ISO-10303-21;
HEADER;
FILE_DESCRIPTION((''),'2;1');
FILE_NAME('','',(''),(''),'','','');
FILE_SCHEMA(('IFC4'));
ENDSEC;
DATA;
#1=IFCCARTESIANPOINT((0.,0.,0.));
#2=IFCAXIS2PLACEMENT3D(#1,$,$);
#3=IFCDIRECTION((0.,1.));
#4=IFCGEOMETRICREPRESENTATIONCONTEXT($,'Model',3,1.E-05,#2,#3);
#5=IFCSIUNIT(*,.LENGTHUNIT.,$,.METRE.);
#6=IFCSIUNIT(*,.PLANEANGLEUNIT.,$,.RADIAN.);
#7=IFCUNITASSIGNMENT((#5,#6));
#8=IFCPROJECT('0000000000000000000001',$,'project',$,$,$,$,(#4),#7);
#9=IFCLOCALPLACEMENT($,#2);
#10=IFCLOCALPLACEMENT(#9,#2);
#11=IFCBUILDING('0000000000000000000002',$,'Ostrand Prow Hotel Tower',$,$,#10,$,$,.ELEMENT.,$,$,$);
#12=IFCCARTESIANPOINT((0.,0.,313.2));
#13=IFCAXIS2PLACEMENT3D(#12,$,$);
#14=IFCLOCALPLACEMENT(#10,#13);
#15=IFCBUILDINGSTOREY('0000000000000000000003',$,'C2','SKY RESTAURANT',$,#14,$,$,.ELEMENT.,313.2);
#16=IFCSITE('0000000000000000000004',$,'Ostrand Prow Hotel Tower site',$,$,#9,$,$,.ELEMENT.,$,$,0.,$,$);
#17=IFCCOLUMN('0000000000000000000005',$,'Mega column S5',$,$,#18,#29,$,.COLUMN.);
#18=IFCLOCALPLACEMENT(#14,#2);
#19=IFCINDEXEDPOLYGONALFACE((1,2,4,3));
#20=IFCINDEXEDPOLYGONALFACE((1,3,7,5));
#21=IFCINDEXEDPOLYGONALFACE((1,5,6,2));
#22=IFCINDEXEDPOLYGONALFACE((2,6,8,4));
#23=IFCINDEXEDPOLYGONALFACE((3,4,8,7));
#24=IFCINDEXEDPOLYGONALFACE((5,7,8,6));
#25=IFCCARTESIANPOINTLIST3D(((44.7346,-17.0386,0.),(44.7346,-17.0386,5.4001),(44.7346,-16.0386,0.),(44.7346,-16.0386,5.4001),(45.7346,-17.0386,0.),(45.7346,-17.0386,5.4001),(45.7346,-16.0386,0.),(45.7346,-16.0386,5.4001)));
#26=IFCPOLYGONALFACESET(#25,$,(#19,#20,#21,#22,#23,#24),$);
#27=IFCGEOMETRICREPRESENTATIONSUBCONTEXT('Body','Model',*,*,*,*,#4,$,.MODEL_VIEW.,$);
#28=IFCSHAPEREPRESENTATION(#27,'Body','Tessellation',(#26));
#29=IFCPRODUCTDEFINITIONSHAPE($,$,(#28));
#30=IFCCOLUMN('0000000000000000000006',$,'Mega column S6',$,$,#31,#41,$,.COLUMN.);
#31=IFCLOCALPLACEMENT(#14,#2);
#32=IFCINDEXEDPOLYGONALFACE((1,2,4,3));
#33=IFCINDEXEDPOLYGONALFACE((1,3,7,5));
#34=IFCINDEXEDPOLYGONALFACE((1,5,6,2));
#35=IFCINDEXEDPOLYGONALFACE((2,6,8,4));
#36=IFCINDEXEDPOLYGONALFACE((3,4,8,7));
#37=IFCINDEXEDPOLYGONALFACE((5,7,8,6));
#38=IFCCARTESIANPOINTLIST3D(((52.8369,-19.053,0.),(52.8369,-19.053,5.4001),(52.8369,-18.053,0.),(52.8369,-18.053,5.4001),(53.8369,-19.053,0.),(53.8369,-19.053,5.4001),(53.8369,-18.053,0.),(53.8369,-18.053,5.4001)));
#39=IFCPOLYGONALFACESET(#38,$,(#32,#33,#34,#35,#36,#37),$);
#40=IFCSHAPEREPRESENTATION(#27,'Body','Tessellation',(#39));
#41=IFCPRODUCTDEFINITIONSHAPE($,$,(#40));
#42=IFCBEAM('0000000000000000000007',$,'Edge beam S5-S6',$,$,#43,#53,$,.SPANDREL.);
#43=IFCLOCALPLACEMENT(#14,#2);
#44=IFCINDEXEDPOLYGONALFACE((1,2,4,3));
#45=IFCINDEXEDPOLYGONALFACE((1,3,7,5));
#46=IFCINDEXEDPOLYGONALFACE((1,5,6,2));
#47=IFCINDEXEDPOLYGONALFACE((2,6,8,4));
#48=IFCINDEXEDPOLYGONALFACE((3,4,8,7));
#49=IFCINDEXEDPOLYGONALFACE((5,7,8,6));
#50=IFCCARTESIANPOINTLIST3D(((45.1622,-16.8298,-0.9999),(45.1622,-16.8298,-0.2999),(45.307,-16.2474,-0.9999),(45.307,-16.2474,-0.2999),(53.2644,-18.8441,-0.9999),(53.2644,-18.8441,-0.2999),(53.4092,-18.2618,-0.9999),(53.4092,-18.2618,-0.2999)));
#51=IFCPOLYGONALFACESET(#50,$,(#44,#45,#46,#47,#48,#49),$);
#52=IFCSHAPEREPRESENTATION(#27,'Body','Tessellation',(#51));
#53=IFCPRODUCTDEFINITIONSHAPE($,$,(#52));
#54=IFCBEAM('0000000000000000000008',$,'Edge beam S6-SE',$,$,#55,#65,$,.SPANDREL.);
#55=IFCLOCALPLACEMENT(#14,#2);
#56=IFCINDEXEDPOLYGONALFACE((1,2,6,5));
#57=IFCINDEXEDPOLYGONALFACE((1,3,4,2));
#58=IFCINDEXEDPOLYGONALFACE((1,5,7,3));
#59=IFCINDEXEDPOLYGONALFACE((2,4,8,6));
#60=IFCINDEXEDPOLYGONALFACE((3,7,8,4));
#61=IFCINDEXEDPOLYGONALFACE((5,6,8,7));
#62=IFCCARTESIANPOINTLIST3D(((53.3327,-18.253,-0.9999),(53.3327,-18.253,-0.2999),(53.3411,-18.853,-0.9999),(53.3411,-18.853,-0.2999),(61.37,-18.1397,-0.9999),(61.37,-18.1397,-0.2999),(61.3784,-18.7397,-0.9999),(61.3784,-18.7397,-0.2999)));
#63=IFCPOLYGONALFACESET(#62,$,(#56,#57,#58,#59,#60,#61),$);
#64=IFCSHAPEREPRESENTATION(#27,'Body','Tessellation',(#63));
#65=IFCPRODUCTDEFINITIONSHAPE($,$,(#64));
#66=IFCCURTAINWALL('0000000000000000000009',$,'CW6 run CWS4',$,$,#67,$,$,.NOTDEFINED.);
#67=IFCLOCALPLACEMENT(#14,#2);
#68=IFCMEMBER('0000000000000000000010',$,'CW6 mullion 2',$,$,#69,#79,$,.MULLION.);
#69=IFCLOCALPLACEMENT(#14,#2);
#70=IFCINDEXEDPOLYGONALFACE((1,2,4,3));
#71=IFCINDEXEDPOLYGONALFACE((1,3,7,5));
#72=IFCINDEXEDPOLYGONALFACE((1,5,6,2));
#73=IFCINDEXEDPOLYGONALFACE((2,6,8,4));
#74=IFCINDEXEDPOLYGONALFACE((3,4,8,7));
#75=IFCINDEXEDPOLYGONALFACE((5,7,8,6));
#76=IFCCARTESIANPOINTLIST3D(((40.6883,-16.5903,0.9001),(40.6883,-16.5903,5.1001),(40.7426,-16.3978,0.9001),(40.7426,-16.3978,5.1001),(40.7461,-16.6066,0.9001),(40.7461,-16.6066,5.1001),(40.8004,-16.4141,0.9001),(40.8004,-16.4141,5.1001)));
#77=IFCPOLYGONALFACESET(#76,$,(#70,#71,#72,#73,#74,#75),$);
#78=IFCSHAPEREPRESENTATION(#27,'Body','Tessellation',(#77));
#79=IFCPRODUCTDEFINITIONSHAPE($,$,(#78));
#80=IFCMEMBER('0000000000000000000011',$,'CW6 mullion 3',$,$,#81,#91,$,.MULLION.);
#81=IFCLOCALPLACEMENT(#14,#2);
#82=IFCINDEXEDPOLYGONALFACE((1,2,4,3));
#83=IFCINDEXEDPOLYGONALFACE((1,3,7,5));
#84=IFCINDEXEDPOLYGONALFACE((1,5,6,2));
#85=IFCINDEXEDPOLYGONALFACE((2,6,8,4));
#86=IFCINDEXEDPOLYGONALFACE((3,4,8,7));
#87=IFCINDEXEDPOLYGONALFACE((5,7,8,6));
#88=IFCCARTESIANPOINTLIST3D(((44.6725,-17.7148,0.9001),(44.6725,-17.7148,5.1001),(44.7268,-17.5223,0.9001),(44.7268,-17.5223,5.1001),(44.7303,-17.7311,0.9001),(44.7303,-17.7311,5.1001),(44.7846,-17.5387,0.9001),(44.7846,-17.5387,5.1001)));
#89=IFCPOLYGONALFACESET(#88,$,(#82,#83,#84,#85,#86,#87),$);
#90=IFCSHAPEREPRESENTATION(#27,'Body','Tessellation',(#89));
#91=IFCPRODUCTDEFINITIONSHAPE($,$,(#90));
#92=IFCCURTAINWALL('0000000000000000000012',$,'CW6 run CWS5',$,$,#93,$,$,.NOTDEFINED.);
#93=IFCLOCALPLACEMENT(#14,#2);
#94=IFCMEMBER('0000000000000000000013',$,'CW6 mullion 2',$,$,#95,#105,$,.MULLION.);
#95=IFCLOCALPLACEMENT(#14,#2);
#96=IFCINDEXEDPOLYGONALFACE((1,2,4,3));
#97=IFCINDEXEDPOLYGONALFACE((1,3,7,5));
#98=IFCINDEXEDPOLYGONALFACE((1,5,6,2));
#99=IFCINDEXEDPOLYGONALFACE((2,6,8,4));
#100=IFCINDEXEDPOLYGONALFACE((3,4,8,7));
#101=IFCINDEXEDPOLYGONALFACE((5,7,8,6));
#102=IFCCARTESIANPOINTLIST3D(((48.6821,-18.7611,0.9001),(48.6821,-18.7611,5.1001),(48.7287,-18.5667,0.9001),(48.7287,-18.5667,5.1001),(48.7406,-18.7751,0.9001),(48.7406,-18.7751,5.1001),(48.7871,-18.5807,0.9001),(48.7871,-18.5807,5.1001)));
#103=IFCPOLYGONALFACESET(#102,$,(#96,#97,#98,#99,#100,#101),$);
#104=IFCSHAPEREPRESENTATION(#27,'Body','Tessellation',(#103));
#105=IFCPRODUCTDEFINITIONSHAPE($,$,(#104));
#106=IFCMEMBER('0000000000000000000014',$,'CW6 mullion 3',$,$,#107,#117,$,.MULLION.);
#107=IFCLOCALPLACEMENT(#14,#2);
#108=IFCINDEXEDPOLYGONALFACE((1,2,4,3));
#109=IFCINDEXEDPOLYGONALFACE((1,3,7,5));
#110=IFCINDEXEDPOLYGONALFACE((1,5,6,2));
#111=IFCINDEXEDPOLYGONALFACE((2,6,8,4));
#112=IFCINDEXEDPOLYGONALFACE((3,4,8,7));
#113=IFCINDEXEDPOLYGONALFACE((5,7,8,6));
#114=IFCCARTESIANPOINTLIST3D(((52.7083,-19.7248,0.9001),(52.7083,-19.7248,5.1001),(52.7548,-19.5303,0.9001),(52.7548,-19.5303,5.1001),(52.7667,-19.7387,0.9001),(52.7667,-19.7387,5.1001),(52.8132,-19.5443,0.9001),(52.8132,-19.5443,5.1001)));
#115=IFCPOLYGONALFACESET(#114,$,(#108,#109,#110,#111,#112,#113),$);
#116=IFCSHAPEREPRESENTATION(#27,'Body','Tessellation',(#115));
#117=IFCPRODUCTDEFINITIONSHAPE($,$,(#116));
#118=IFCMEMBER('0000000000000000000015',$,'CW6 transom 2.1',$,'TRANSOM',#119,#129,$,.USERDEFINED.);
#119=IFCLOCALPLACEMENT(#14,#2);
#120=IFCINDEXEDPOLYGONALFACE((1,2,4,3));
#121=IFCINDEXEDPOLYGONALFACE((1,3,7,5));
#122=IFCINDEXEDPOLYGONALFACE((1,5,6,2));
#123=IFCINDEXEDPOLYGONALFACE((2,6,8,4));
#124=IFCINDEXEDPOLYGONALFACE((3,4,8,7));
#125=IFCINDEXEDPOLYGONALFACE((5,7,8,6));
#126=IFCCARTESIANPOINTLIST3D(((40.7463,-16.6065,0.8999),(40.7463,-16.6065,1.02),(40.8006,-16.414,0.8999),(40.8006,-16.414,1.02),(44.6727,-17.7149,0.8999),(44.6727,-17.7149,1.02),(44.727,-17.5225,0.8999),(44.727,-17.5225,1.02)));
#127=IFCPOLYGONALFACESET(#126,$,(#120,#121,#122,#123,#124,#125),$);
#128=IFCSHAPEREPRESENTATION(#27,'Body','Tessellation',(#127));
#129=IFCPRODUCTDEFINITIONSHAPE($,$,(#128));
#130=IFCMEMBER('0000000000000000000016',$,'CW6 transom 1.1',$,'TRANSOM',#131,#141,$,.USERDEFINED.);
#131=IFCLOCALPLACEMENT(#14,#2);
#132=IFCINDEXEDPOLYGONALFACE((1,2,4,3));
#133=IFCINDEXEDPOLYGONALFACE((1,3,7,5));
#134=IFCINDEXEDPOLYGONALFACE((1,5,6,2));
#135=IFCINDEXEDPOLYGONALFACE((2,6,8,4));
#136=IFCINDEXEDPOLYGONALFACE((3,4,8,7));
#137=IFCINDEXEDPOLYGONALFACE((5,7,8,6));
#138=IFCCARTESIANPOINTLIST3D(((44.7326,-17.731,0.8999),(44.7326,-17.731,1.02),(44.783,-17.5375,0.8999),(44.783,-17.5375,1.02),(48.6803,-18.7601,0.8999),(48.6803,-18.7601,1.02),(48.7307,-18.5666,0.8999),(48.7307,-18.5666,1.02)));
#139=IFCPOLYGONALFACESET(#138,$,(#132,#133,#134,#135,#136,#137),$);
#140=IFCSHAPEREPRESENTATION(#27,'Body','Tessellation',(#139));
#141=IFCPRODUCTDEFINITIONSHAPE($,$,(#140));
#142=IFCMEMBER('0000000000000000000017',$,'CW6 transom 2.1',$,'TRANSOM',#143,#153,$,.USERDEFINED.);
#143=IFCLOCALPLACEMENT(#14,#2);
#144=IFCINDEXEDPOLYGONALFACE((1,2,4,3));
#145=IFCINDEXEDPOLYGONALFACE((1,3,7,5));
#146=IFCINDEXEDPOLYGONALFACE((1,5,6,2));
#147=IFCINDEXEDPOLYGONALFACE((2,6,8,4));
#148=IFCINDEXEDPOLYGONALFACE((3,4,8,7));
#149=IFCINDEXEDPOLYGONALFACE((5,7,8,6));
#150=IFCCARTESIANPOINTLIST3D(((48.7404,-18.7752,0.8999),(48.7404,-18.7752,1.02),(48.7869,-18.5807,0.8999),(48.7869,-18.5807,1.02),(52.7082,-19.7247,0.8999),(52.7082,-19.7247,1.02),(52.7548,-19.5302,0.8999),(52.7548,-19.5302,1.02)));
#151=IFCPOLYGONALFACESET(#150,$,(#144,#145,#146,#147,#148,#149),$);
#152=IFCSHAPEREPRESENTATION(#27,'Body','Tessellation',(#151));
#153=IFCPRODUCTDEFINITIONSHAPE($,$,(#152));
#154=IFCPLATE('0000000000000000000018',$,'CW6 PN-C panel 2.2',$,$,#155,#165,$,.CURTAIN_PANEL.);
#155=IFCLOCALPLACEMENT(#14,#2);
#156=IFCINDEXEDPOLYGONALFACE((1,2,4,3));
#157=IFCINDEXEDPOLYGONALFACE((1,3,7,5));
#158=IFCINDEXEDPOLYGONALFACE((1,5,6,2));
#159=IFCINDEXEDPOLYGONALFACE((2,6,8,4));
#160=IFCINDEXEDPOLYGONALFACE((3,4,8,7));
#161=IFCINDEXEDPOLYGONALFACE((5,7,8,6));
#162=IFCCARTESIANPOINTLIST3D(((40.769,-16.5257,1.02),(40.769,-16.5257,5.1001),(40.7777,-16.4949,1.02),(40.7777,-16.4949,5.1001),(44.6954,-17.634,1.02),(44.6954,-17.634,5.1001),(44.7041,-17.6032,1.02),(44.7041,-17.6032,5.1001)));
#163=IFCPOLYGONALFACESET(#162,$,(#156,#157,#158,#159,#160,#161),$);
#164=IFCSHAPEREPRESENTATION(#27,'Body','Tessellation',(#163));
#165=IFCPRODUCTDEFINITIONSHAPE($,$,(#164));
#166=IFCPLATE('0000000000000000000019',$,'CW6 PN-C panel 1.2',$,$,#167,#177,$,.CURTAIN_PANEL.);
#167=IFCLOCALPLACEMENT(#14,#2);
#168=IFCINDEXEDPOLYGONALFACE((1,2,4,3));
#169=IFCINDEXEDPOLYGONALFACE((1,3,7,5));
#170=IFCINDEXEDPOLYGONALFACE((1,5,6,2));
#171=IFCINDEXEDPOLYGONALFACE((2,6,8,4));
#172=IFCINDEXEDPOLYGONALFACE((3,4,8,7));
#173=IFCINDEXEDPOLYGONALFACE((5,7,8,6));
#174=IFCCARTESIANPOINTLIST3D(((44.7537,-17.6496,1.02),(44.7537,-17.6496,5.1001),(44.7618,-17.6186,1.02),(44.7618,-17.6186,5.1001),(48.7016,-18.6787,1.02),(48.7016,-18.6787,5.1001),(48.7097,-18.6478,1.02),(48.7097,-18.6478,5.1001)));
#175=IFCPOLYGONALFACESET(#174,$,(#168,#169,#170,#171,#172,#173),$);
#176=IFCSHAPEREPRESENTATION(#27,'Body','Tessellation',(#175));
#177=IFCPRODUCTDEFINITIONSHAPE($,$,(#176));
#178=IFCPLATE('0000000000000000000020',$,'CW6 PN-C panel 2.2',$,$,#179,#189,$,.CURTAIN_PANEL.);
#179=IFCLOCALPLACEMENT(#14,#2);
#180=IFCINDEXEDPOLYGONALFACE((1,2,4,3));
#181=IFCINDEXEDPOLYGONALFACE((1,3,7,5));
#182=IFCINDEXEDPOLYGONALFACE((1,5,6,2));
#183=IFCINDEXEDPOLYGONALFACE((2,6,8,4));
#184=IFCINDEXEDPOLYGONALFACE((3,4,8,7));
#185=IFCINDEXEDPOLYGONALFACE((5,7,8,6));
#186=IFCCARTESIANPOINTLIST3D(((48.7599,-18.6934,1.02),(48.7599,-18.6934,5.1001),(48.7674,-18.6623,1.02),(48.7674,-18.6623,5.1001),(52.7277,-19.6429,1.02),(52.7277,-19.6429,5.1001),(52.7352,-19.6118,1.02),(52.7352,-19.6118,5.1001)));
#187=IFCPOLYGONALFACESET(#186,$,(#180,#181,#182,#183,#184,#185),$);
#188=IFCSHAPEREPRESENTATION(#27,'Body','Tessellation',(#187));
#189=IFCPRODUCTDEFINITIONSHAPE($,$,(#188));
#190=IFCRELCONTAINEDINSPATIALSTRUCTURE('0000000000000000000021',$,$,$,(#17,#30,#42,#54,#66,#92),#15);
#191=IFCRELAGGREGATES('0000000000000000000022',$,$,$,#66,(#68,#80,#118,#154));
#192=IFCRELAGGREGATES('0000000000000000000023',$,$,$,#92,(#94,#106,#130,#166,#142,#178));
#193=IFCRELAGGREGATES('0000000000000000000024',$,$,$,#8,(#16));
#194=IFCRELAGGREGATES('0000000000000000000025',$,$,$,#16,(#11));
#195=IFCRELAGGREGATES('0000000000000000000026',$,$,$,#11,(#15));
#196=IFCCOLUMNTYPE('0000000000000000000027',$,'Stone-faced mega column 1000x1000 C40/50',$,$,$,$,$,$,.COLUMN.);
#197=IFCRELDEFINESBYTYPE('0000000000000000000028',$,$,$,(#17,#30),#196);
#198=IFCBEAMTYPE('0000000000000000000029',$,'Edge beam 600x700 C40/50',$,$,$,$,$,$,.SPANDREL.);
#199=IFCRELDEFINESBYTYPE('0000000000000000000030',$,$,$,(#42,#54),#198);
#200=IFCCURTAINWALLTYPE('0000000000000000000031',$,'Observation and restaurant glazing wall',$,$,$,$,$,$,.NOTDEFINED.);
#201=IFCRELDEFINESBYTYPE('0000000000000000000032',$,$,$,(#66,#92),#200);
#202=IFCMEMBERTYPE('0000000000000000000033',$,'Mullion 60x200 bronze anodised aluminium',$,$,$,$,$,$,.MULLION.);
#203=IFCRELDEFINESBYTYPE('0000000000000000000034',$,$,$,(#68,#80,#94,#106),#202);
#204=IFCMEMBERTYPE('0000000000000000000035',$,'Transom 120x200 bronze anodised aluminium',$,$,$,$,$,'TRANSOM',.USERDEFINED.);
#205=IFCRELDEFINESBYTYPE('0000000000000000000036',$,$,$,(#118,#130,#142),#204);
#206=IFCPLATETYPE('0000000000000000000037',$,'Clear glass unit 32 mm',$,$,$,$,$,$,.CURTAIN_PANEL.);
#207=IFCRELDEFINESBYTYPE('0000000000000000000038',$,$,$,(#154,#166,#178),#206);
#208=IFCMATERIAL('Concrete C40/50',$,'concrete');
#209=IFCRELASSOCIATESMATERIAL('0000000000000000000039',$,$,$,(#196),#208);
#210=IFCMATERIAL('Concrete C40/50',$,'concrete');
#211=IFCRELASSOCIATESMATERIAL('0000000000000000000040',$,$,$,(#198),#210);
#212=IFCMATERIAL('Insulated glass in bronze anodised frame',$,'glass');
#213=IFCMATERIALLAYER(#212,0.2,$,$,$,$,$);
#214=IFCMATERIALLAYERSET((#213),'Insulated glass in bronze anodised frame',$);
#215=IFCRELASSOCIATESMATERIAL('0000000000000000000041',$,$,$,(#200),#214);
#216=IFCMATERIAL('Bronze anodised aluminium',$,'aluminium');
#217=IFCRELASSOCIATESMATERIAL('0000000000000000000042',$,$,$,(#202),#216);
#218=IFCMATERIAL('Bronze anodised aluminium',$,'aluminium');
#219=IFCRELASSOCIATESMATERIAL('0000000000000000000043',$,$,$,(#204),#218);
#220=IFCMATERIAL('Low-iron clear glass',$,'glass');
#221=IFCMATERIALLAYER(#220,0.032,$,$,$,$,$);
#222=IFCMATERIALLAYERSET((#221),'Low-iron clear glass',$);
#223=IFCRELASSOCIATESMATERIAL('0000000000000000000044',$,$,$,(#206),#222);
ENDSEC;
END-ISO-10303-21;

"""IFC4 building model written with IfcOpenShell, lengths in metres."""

from ifc_helpers import new_model, si_unit, direction, frame, origin, origin_2d, place, context, subcontext, project, spatial, rectangle, extrude, material, layer, layer_set, material_profile, profile_set, type_object, element, aggregate, save


model = new_model("IFC4")

# Units and contexts
model_context = context("Model", 3, precision=1e-05, world=origin(), true_north=direction((0.0, 1.0)))
body_context = subcontext(model_context, "Body", "Model", "MODEL_VIEW")
ifc_project = project(units=[si_unit("LENGTHUNIT", "METRE"), si_unit("PLANEANGLEUNIT", "RADIAN")], contexts=[model_context])

# Site, building, storey
site_placement = place(None, origin())
site = spatial("IfcSite", under=ifc_project, at=site_placement, Name="Ostrand Prow Hotel Tower site", CompositionType="ELEMENT", RefElevation=0.0)
building_placement = place(site_placement, origin())
building = spatial("IfcBuilding", under=site, at=building_placement, Name="Ostrand Prow Hotel Tower", CompositionType="ELEMENT")
storey_placement = place(building_placement, frame((0.0, 0.0, 313.2)))
storey = spatial("IfcBuildingStorey", under=building, at=storey_placement, Name="C2", Description="SKY RESTAURANT", CompositionType="ELEMENT", Elevation=313.2)

# Columns
ifc_material_1 = material(Name="Concrete C40/50", Category="concrete")
ifc_material_profile_1 = material_profile(ifc_material_1, rectangle(XDim=1.0, YDim=1.0, at=origin_2d()), Name="RC 1000x1000")
ifc_profile_set_1 = profile_set([ifc_material_profile_1], Name="Concrete C40/50")
column_type = type_object("IfcColumnType", Name="Stone-faced mega column 1000x1000 C40/50", PredefinedType="COLUMN", material=ifc_profile_set_1)
for number, where, z_axis, x_axis, name in (
    (1, (45.2346, -16.5386, 0.0), (0.0, 0.0, 1.0), (1.0, 0.0, 0.0), "Mega column S5"),
    (2, (53.3369, -18.553, 0.0), (0.0, 0.0, 1.0), (1.0, 0.0, 0.0), "Mega column S6"),
):
    element("IfcColumn", number, at=place(storey_placement, frame(where, z_axis=z_axis, x_axis=x_axis)), inside=storey, type_object=column_type, Name=name, PredefinedType="COLUMN", context=body_context, shape_type="SweptSolid", body=[
        extrude(rectangle(XDim=1.0, YDim=1.0, at=origin_2d()), origin(), (0.0, 0.0, 1.0), 5.4001),
    ])

# Beams
ifc_material_2 = material(Name="Concrete C40/50", Category="concrete")
ifc_material_profile_2 = material_profile(ifc_material_2, rectangle(XDim=0.6001, YDim=0.7, at=origin_2d()), Name="RC 600x700")
ifc_profile_set_2 = profile_set([ifc_material_profile_2], Name="Concrete C40/50")
beam_type = type_object("IfcBeamType", Name="Edge beam 600x700 C40/50", PredefinedType="SPANDREL", material=ifc_profile_set_2)
beam_1_placement = place(storey_placement, frame((45.2346, -16.5386, -0.6499), z_axis=(0.970456, -0.241276, 0.0), x_axis=(0.241276, 0.970456, 0.0)))
element("IfcBeam", 3, at=beam_1_placement, inside=storey, type_object=beam_type, Name="Edge beam S5-S6", PredefinedType="SPANDREL", context=body_context, shape_type="SweptSolid", body=[
    extrude(rectangle(XDim=0.6001, YDim=0.7, at=origin_2d()), origin(), (0.0, 0.0, 1.0), 8.3489),
])
beam_2_placement = place(storey_placement, frame((53.3369, -18.553, -0.6499), z_axis=(0.999901, 0.014093, 0.0), x_axis=(-0.014093, 0.999901, 0.0)))
element("IfcBeam", 4, at=beam_2_placement, inside=storey, type_object=beam_type, Name="Edge beam S6-SE", PredefinedType="SPANDREL", context=body_context, shape_type="SweptSolid", body=[
    extrude(rectangle(XDim=0.6001, YDim=0.7, at=origin_2d()), origin(), (0.0, 0.0, 1.0), 8.0381),
])

# Curtain walls, members
ifc_material_3 = material(Name="Insulated glass in bronze anodised frame", Category="glass")
ifc_layer_1 = layer(ifc_material_3, 0.2)
ifc_layer_set_1 = layer_set([ifc_layer_1], Name="Insulated glass in bronze anodised frame")
curtain_wall_type = type_object("IfcCurtainWallType", Name="Observation and restaurant glazing wall", PredefinedType="NOTDEFINED", material=ifc_layer_set_1)
curtain_wall_1_placement = place(storey_placement, origin())
curtain_wall_1 = element("IfcCurtainWall", 5, at=curtain_wall_1_placement, inside=storey, type_object=curtain_wall_type, Name="CW6 run CWS4", PredefinedType="NOTDEFINED")
ifc_material_4 = material(Name="Bronze anodised aluminium", Category="aluminium")
ifc_material_profile_3 = material_profile(ifc_material_4, rectangle(XDim=0.2, YDim=0.0601, at=origin_2d()), Name="Mullion 60x200 bronze anodised aluminium")
ifc_profile_set_3 = profile_set([ifc_material_profile_3], Name="Bronze anodised aluminium")
member_type_1 = type_object("IfcMemberType", Name="Mullion 60x200 bronze anodised aluminium", PredefinedType="MULLION", material=ifc_profile_set_3)
member_1_placement = place(storey_placement, frame((40.7444, -16.5022, 0.9001), z_axis=(0.0, 0.0, 1.0), x_axis=(0.271649, 0.962396, 0.0)))
member_1 = element("IfcMember", 6, at=member_1_placement, type_object=member_type_1, Name="CW6 mullion 2", PredefinedType="MULLION", context=body_context, shape_type="SweptSolid", body=[
    extrude(rectangle(XDim=0.2, YDim=0.0601, at=origin_2d()), origin(), (0.0, 0.0, 1.0), 4.2),
])
member_2_placement = place(storey_placement, frame((44.7285, -17.6267, 0.9001), z_axis=(0.0, 0.0, 1.0), x_axis=(0.271649, 0.962396, 0.0)))
member_2 = element("IfcMember", 7, at=member_2_placement, type_object=member_type_1, Name="CW6 mullion 3", PredefinedType="MULLION", context=body_context, shape_type="SweptSolid", body=[
    extrude(rectangle(XDim=0.2, YDim=0.0601, at=origin_2d()), origin(), (0.0, 0.0, 1.0), 4.2),
])
curtain_wall_2_placement = place(storey_placement, origin())
curtain_wall_2 = element("IfcCurtainWall", 8, at=curtain_wall_2_placement, inside=storey, type_object=curtain_wall_type, Name="CW6 run CWS5", PredefinedType="NOTDEFINED")
member_3_placement = place(storey_placement, frame((48.7346, -18.6709, 0.9001), z_axis=(0.0, 0.0, 1.0), x_axis=(0.232746, 0.972538, 0.0)))
member_3 = element("IfcMember", 9, at=member_3_placement, type_object=member_type_1, Name="CW6 mullion 2", PredefinedType="MULLION", context=body_context, shape_type="SweptSolid", body=[
    extrude(rectangle(XDim=0.2, YDim=0.0601, at=origin_2d()), origin(), (0.0, 0.0, 1.0), 4.2),
])
member_4_placement = place(storey_placement, frame((52.7607, -19.6345, 0.9001), z_axis=(0.0, 0.0, 1.0), x_axis=(0.232746, 0.972538, 0.0)))
member_4 = element("IfcMember", 10, at=member_4_placement, type_object=member_type_1, Name="CW6 mullion 3", PredefinedType="MULLION", context=body_context, shape_type="SweptSolid", body=[
    extrude(rectangle(XDim=0.2, YDim=0.0601, at=origin_2d()), origin(), (0.0, 0.0, 1.0), 4.2),
])

# Members
ifc_material_5 = material(Name="Bronze anodised aluminium", Category="aluminium")
ifc_material_profile_4 = material_profile(ifc_material_5, rectangle(XDim=0.2, YDim=0.1201, at=origin_2d()), Name="Transom 120x200 bronze anodised aluminium")
ifc_profile_set_4 = profile_set([ifc_material_profile_4], Name="Bronze anodised aluminium")
member_type_2 = type_object("IfcMemberType", Name="Transom 120x200 bronze anodised aluminium", ElementType="TRANSOM", PredefinedType="USERDEFINED", material=ifc_profile_set_4)
member_5_placement = place(storey_placement, frame((40.7734, -16.5103, 0.96), z_axis=(0.962386, -0.271685, 0.0), x_axis=(0.271685, 0.962386, 0.0)))
member_5 = element("IfcMember", 11, at=member_5_placement, type_object=member_type_2, Name="CW6 transom 2.1", ObjectType="TRANSOM", PredefinedType="USERDEFINED", context=body_context, shape_type="SweptSolid", body=[
    extrude(rectangle(XDim=0.2, YDim=0.1201, at=origin_2d()), origin(), (0.0, 0.0, 1.0), 4.0798),
])
member_6_placement = place(storey_placement, frame((44.7578, -17.6343, 0.96), z_axis=(0.967665, -0.252239, 0.0), x_axis=(0.252239, 0.967665, 0.0)))
member_6 = element("IfcMember", 12, at=member_6_placement, type_object=member_type_2, Name="CW6 transom 1.1", ObjectType="TRANSOM", PredefinedType="USERDEFINED", context=body_context, shape_type="SweptSolid", body=[
    extrude(rectangle(XDim=0.2, YDim=0.1201, at=origin_2d()), origin(), (0.0, 0.0, 1.0), 4.0796),
])
member_7_placement = place(storey_placement, frame((48.7637, -18.678, 0.96), z_axis=(0.972543, -0.232723, 0.0), x_axis=(0.232723, 0.972543, 0.0)))
member_7 = element("IfcMember", 13, at=member_7_placement, type_object=member_type_2, Name="CW6 transom 2.1", ObjectType="TRANSOM", PredefinedType="USERDEFINED", context=body_context, shape_type="SweptSolid", body=[
    extrude(rectangle(XDim=0.2, YDim=0.1201, at=origin_2d()), origin(), (0.0, 0.0, 1.0), 4.0798),
])

# Plates
ifc_material_6 = material(Name="Low-iron clear glass", Category="glass")
ifc_layer_2 = layer(ifc_material_6, 0.032)
ifc_layer_set_2 = layer_set([ifc_layer_2], Name="Low-iron clear glass")
plate_type = type_object("IfcPlateType", Name="Clear glass unit 32 mm", PredefinedType="CURTAIN_PANEL", material=ifc_layer_set_2)
plate_1_placement = place(storey_placement, frame((42.7366, -17.0645, 1.02), z_axis=(0.0, 0.0, 1.0), x_axis=(0.962396, -0.271649, 0.0)))
plate_1 = element("IfcPlate", 14, at=plate_1_placement, type_object=plate_type, Name="CW6 PN-C panel 2.2", PredefinedType="CURTAIN_PANEL", context=body_context, shape_type="SweptSolid", body=[
    extrude(rectangle(XDim=4.0798, YDim=0.032, at=origin_2d()), origin(), (0.0, 0.0, 1.0), 4.0801),
])
aggregate(curtain_wall_1, [member_1, member_2, member_5, plate_1])
plate_2_placement = place(storey_placement, frame((46.7317, -18.1487, 1.02), z_axis=(0.0, 0.0, 1.0), x_axis=(0.967663, -0.252248, 0.0)))
plate_2 = element("IfcPlate", 15, at=plate_2_placement, type_object=plate_type, Name="CW6 PN-C panel 1.2", PredefinedType="CURTAIN_PANEL", context=body_context, shape_type="SweptSolid", body=[
    extrude(rectangle(XDim=4.0798, YDim=0.032, at=origin_2d()), origin(), (0.0, 0.0, 1.0), 4.0801),
])
plate_3_placement = place(storey_placement, frame((50.7476, -19.1526, 1.02), z_axis=(0.0, 0.0, 1.0), x_axis=(0.972538, -0.232746, 0.0)))
plate_3 = element("IfcPlate", 16, at=plate_3_placement, type_object=plate_type, Name="CW6 PN-C panel 2.2", PredefinedType="CURTAIN_PANEL", context=body_context, shape_type="SweptSolid", body=[
    extrude(rectangle(XDim=4.0798, YDim=0.032, at=origin_2d()), origin(), (0.0, 0.0, 1.0), 4.0801),
])
aggregate(curtain_wall_2, [member_3, member_4, member_6, plate_2, member_7, plate_3])

save(model, "model.ifc")
